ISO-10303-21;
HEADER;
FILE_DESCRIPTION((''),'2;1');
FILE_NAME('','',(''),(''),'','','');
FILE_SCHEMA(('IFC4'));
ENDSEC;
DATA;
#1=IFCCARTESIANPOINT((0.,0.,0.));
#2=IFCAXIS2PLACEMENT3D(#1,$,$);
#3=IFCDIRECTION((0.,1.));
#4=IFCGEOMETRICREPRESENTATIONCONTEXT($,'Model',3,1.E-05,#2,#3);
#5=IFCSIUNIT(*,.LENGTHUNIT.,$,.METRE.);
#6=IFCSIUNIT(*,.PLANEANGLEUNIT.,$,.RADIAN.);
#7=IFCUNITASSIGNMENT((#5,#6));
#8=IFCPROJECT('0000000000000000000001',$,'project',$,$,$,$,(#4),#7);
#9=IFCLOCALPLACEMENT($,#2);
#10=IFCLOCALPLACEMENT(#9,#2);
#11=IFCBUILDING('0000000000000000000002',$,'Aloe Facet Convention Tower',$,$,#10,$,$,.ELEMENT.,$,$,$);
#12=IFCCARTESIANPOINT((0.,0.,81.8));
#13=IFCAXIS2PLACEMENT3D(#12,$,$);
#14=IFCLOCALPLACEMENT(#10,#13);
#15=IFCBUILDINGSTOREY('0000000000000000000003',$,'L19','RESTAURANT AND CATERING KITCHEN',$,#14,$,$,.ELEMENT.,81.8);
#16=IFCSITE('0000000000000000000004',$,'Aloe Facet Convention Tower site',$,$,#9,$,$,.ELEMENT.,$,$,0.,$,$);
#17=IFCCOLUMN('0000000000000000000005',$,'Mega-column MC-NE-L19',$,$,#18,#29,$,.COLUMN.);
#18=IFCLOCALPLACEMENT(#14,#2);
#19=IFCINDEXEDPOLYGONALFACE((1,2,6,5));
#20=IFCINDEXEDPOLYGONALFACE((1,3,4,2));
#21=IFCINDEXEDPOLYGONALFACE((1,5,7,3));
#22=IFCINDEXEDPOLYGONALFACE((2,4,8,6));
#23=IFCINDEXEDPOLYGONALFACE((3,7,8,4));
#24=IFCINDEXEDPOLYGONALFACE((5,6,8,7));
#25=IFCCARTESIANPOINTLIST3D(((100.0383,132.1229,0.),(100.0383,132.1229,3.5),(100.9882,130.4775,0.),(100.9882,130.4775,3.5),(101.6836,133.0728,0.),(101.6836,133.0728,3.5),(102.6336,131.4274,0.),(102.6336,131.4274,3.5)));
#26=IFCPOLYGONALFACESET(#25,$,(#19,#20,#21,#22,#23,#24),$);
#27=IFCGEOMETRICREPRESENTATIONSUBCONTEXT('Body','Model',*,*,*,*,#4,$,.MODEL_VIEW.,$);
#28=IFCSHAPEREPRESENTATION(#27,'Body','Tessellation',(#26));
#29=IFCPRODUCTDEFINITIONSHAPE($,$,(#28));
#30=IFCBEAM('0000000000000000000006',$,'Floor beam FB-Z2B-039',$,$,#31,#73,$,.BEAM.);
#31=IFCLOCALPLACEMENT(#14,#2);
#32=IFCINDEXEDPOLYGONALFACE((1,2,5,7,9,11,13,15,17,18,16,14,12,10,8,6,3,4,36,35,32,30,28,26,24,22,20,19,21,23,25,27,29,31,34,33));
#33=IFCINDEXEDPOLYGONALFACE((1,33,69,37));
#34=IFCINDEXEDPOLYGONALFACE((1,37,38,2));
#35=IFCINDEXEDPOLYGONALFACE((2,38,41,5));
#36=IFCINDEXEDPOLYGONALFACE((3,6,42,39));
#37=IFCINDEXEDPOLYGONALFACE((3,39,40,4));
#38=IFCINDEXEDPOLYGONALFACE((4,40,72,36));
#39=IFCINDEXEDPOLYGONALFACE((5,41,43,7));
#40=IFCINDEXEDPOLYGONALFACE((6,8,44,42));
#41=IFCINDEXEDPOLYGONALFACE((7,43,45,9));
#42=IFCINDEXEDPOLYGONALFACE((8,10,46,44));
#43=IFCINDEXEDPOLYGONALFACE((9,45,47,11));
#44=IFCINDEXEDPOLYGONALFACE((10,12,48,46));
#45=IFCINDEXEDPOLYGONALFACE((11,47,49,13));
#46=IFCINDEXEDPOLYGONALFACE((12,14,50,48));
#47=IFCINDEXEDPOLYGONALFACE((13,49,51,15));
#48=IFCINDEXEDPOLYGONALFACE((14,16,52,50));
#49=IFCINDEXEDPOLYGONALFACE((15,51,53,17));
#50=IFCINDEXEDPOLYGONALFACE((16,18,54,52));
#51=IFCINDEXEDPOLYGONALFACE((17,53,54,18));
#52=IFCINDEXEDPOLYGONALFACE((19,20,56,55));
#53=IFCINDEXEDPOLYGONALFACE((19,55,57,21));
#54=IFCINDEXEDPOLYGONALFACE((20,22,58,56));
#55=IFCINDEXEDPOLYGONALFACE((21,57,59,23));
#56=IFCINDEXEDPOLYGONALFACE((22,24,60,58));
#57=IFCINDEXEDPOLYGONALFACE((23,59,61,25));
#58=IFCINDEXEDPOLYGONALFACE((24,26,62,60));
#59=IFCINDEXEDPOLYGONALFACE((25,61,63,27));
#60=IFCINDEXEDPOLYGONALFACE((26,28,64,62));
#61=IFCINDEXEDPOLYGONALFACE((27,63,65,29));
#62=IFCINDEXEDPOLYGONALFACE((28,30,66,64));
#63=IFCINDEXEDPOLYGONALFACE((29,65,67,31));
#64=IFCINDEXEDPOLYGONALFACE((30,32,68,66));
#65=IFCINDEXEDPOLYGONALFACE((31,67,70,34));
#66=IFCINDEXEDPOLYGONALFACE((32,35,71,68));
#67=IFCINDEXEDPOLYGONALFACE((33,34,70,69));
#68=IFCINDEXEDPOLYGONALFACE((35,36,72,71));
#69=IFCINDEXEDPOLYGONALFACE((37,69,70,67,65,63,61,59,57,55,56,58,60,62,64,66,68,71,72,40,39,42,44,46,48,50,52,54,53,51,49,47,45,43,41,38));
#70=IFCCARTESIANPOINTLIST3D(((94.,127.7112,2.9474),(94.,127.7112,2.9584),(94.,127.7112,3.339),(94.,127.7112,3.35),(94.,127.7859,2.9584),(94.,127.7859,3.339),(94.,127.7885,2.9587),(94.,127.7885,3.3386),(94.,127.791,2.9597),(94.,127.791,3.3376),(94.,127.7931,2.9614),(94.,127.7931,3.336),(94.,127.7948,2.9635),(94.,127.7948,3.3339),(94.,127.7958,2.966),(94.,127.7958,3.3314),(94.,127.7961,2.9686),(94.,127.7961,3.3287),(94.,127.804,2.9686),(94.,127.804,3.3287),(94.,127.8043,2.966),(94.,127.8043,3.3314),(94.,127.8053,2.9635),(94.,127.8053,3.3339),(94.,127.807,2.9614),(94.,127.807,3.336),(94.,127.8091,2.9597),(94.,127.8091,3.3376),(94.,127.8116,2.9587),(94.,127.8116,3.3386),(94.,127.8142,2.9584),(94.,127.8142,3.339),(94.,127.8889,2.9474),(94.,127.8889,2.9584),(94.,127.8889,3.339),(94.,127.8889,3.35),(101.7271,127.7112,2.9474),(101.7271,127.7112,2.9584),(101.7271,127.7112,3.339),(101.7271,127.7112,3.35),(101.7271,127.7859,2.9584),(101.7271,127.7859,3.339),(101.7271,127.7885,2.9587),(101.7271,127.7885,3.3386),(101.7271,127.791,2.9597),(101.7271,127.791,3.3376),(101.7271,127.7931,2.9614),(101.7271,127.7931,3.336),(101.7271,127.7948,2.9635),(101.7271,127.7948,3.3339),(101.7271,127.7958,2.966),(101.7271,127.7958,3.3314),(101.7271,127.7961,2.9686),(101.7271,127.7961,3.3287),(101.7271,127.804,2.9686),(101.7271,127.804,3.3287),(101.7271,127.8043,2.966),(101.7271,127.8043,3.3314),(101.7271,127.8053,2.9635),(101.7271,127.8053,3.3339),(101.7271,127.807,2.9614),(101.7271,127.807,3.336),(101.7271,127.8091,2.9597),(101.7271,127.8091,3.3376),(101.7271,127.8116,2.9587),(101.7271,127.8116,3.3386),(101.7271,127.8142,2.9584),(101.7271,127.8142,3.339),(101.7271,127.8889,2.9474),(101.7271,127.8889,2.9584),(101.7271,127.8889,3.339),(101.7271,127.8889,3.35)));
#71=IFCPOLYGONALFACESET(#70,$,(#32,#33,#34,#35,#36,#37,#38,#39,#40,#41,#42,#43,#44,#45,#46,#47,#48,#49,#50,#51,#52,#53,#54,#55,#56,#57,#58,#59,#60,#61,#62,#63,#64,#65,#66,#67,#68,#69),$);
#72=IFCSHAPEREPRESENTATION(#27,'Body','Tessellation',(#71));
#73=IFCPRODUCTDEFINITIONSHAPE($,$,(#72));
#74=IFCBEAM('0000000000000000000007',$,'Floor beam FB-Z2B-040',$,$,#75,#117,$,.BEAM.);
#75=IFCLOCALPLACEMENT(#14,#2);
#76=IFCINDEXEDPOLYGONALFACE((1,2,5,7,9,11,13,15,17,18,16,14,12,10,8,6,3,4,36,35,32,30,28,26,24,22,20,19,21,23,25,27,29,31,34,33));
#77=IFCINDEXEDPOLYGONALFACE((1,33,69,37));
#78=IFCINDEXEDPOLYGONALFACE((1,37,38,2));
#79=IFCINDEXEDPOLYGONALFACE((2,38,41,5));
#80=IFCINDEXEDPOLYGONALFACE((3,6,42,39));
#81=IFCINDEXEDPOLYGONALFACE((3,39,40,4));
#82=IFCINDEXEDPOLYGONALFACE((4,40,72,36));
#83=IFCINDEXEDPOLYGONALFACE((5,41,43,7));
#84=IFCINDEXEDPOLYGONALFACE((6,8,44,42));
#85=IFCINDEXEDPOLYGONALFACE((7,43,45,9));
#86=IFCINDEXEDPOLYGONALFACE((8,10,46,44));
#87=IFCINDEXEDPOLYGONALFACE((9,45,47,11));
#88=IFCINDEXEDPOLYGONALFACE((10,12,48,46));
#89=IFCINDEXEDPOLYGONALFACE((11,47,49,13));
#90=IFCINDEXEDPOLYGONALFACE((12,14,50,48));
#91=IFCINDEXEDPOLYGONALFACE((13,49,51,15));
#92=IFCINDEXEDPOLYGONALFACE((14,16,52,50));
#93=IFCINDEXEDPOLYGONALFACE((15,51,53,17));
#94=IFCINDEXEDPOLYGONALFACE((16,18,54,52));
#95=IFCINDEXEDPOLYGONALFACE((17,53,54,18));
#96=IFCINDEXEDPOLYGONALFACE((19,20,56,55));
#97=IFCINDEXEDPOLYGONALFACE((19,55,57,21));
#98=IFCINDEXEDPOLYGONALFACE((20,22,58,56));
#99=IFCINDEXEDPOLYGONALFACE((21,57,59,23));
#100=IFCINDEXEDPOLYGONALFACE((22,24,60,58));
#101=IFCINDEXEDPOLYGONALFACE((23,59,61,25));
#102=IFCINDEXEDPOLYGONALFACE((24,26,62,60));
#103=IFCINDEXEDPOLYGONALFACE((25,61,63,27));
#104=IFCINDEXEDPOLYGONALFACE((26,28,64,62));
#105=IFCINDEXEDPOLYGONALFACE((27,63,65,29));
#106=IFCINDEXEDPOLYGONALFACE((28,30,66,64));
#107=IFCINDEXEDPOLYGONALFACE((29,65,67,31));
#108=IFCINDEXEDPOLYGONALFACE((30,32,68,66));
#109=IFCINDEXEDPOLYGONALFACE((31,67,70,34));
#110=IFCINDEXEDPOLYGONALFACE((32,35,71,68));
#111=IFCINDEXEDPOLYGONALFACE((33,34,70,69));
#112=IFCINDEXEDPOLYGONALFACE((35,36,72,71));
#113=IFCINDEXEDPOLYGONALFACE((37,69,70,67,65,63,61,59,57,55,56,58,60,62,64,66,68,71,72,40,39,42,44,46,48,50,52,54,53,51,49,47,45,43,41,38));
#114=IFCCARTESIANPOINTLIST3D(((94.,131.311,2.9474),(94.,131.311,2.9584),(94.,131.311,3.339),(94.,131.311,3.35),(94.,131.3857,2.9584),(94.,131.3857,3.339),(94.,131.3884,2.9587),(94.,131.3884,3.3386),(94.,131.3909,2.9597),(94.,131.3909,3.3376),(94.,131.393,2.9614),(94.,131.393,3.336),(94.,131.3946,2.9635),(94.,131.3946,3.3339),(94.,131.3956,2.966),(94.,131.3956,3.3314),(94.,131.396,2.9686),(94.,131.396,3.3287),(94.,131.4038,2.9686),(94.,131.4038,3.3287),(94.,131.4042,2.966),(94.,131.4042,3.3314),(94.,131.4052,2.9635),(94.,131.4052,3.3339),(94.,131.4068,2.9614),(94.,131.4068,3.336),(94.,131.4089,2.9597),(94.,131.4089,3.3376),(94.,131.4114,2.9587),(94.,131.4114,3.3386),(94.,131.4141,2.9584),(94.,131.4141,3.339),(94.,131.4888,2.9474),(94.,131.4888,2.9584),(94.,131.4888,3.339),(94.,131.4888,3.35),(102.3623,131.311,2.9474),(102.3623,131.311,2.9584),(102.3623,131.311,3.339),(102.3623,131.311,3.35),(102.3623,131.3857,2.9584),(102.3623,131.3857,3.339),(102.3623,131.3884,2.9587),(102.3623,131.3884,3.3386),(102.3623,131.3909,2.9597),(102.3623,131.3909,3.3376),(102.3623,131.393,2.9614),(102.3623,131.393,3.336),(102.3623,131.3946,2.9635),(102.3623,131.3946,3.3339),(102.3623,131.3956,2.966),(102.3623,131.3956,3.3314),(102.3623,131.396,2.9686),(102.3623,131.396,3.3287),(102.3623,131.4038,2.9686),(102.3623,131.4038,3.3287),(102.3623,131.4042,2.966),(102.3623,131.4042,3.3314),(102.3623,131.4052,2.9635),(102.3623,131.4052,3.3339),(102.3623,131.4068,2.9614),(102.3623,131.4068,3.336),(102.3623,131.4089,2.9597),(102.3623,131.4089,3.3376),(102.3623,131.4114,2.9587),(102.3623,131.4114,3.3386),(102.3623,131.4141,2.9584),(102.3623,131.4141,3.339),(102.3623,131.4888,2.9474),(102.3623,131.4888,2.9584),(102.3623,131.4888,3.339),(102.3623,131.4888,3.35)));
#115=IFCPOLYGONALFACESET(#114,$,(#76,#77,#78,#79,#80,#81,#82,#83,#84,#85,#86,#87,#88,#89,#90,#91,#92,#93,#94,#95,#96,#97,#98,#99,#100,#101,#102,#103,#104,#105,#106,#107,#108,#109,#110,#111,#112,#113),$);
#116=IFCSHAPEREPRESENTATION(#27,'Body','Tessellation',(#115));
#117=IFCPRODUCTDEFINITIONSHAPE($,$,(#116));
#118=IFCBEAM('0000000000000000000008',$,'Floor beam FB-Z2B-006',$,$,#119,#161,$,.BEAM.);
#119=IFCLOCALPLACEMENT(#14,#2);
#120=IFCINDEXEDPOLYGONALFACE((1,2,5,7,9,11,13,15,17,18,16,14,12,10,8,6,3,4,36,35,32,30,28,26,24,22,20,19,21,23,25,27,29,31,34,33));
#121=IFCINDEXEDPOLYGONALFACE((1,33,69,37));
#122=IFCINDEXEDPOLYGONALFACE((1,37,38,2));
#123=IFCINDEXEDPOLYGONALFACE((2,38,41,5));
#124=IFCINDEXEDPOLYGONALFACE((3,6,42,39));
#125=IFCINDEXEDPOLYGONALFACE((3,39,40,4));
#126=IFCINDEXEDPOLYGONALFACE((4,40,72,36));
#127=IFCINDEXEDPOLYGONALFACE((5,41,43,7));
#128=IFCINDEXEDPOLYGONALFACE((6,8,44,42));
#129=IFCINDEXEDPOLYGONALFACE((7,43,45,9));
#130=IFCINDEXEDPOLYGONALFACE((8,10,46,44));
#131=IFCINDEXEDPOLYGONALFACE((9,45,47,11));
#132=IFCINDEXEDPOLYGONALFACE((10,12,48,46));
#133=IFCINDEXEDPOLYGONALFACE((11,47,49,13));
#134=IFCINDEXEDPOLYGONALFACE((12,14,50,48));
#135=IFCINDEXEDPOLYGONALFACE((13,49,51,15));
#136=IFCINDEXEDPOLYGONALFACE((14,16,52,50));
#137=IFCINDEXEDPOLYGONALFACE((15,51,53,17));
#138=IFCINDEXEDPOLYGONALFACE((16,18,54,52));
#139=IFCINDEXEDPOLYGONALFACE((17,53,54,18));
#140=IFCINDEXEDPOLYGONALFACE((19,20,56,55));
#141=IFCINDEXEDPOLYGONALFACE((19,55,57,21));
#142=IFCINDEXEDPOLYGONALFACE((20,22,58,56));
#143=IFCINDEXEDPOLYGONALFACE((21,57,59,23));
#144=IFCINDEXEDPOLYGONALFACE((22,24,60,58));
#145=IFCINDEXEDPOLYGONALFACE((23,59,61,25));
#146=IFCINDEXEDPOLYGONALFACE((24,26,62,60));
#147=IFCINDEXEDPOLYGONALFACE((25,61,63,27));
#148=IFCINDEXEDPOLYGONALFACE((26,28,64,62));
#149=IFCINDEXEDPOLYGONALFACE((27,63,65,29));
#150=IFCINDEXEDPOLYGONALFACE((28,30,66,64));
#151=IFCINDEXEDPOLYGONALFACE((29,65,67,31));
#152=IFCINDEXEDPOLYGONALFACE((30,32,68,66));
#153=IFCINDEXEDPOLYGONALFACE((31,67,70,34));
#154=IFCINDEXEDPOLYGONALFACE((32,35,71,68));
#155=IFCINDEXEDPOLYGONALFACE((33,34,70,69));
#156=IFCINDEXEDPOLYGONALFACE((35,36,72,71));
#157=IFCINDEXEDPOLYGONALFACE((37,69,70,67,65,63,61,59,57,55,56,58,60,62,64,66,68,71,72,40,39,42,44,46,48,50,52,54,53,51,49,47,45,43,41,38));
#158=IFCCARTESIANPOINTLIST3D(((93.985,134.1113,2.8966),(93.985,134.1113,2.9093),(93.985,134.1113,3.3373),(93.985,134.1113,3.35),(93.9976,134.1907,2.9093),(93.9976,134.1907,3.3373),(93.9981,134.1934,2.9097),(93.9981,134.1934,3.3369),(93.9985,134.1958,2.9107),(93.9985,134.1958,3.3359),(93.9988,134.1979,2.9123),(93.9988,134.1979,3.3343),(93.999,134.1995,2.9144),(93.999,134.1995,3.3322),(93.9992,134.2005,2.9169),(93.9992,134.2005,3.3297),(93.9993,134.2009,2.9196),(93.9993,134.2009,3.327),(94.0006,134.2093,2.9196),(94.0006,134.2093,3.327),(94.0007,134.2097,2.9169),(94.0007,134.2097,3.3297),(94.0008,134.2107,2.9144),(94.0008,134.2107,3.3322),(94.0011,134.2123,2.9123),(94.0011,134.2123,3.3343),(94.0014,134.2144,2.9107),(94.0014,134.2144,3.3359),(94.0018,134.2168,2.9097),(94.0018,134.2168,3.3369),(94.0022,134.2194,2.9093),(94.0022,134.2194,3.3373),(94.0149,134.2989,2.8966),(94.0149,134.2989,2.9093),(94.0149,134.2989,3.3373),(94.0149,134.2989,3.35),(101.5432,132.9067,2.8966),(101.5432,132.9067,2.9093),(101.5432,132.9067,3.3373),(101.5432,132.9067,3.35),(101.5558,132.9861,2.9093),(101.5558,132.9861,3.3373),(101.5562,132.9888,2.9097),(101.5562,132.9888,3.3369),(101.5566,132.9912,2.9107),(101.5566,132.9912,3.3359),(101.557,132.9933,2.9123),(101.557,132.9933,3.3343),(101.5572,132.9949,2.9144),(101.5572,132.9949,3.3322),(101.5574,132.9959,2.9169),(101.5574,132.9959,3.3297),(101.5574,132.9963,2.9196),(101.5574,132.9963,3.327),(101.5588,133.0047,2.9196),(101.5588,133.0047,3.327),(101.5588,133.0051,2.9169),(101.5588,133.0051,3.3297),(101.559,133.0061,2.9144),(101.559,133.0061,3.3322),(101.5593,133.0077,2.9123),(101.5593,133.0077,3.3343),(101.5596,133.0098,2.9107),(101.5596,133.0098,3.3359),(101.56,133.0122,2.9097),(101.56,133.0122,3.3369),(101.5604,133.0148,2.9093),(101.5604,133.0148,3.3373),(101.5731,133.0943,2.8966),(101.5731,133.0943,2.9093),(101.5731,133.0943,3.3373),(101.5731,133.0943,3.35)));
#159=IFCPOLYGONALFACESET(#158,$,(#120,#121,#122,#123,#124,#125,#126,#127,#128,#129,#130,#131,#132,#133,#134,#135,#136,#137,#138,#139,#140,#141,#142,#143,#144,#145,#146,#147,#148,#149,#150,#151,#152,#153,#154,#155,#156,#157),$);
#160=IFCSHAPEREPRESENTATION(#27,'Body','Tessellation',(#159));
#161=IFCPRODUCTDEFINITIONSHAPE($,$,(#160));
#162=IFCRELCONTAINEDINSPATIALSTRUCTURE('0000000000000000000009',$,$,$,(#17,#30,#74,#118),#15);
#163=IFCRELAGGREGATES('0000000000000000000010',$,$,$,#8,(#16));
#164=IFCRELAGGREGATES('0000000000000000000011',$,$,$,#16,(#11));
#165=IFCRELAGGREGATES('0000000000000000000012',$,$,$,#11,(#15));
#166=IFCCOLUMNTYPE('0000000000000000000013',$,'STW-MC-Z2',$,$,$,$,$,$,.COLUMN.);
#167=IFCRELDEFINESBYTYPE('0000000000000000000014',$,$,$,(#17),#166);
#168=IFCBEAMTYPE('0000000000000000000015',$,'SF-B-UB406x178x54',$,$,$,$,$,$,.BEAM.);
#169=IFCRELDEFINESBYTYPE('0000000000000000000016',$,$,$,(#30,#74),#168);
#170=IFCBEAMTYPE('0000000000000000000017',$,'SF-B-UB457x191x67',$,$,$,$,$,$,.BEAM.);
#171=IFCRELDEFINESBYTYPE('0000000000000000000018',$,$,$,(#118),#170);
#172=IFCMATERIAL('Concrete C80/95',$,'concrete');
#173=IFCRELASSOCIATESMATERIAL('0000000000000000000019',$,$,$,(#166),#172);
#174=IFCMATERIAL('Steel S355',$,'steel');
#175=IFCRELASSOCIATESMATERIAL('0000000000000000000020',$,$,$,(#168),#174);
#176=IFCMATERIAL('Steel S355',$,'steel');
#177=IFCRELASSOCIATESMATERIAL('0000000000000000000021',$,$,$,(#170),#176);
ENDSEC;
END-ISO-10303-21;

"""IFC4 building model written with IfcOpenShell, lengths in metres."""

from ifc_helpers import new_model, si_unit, direction, frame, origin, origin_2d, place, context, subcontext, project, spatial, rectangle, i_section, extrude, material, material_profile, profile_set, type_object, element, save


model = new_model("IFC4")

# Units and contexts
model_context = context("Model", 3, precision=1e-05, world=origin(), true_north=direction((0.0, 1.0)))
body_context = subcontext(model_context, "Body", "Model", "MODEL_VIEW")
ifc_project = project(units=[si_unit("LENGTHUNIT", "METRE"), si_unit("PLANEANGLEUNIT", "RADIAN")], contexts=[model_context])

# Site, building, storey
site_placement = place(None, origin())
site = spatial("IfcSite", under=ifc_project, at=site_placement, Name="Aloe Facet Convention Tower site", CompositionType="ELEMENT", RefElevation=0.0)
building_placement = place(site_placement, origin())
building = spatial("IfcBuilding", under=site, at=building_placement, Name="Aloe Facet Convention Tower", CompositionType="ELEMENT")
storey_placement = place(building_placement, frame((0.0, 0.0, 81.8)))
storey = spatial("IfcBuildingStorey", under=building, at=storey_placement, Name="L19", Description="RESTAURANT AND CATERING KITCHEN", CompositionType="ELEMENT", Elevation=81.8)

# Column
ifc_material_1 = material(Name="Concrete C80/95", Category="concrete")
ifc_material_profile_1 = material_profile(ifc_material_1, rectangle(XDim=1.8999, YDim=1.8999, at=origin_2d()), Name="STW-MC-Z2")
ifc_profile_set_1 = profile_set([ifc_material_profile_1], Name="Concrete C80/95")
column_type = type_object("IfcColumnType", Name="STW-MC-Z2", PredefinedType="COLUMN", material=ifc_profile_set_1)
column_placement = place(storey_placement, frame((101.3359, 131.7751, 0.0), z_axis=(0.0, 0.0, 1.0), x_axis=(-0.5, 0.866025, 0.0)))
element("IfcColumn", 1, at=column_placement, inside=storey, type_object=column_type, Name="Mega-column MC-NE-L19", PredefinedType="COLUMN", context=body_context, shape_type="SweptSolid", body=[
    extrude(rectangle(XDim=1.8999, YDim=1.8999, at=origin_2d()), origin(), (0.0, 0.0, 1.0), 3.5),
])

# Beams
ifc_material_2 = material(Name="Steel S355", Category="steel")
ifc_material_profile_2 = material_profile(ifc_material_2, i_section(OverallWidth=0.1777, OverallDepth=0.4026, WebThickness=0.0078, FlangeThickness=0.011, FilletRadius=0.0103, at=origin_2d()), Name="UB 406x178x54")
ifc_profile_set_2 = profile_set([ifc_material_profile_2], Name="Steel S355")
beam_type_1 = type_object("IfcBeamType", Name="SF-B-UB406x178x54", PredefinedType="BEAM", material=ifc_profile_set_2)
beam_1_placement = place(storey_placement, frame((94.0, 127.8, 3.1487), z_axis=(1.0, 0.0, 0.0), x_axis=(0.0, 1.0, 0.0)))
element("IfcBeam", 2, at=beam_1_placement, inside=storey, type_object=beam_type_1, Name="Floor beam FB-Z2B-039", PredefinedType="BEAM", context=body_context, shape_type="SweptSolid", body=[
    extrude(i_section(OverallWidth=0.1777, OverallDepth=0.4026, WebThickness=0.0078, FlangeThickness=0.011, FilletRadius=0.0103, at=origin_2d()), origin(), (0.0, 0.0, 1.0), 7.7271),
])
beam_2_placement = place(storey_placement, frame((94.0, 131.3999, 3.1487), z_axis=(1.0, 0.0, 0.0), x_axis=(0.0, 1.0, 0.0)))
element("IfcBeam", 3, at=beam_2_placement, inside=storey, type_object=beam_type_1, Name="Floor beam FB-Z2B-040", PredefinedType="BEAM", context=body_context, shape_type="SweptSolid", body=[
    extrude(i_section(OverallWidth=0.1777, OverallDepth=0.4026, WebThickness=0.0078, FlangeThickness=0.011, FilletRadius=0.0103, at=origin_2d()), origin(), (0.0, 0.0, 1.0), 8.3623),
])
ifc_material_3 = material(Name="Steel S355", Category="steel")
ifc_material_profile_3 = material_profile(ifc_material_3, i_section(OverallWidth=0.1899, OverallDepth=0.4534, WebThickness=0.0085, FlangeThickness=0.0127, FilletRadius=0.0103, at=origin_2d()), Name="UB 457x191x67")
ifc_profile_set_3 = profile_set([ifc_material_profile_3], Name="Steel S355")
beam_type_2 = type_object("IfcBeamType", Name="SF-B-UB457x191x67", PredefinedType="BEAM", material=ifc_profile_set_3)
beam_3_placement = place(storey_placement, frame((101.5581, 133.0005, 3.1233), z_axis=(-0.987536, 0.157391, 0.0), x_axis=(-0.157391, -0.987536, 0.0)))
element("IfcBeam", 4, at=beam_3_placement, inside=storey, type_object=beam_type_2, Name="Floor beam FB-Z2B-006", PredefinedType="BEAM", context=body_context, shape_type="SweptSolid", body=[
    extrude(i_section(OverallWidth=0.1899, OverallDepth=0.4534, WebThickness=0.0085, FlangeThickness=0.0127, FilletRadius=0.0103, at=origin_2d()), origin(), (0.0, 0.0, 1.0), 7.6536),
])

save(model, "model.ifc")
